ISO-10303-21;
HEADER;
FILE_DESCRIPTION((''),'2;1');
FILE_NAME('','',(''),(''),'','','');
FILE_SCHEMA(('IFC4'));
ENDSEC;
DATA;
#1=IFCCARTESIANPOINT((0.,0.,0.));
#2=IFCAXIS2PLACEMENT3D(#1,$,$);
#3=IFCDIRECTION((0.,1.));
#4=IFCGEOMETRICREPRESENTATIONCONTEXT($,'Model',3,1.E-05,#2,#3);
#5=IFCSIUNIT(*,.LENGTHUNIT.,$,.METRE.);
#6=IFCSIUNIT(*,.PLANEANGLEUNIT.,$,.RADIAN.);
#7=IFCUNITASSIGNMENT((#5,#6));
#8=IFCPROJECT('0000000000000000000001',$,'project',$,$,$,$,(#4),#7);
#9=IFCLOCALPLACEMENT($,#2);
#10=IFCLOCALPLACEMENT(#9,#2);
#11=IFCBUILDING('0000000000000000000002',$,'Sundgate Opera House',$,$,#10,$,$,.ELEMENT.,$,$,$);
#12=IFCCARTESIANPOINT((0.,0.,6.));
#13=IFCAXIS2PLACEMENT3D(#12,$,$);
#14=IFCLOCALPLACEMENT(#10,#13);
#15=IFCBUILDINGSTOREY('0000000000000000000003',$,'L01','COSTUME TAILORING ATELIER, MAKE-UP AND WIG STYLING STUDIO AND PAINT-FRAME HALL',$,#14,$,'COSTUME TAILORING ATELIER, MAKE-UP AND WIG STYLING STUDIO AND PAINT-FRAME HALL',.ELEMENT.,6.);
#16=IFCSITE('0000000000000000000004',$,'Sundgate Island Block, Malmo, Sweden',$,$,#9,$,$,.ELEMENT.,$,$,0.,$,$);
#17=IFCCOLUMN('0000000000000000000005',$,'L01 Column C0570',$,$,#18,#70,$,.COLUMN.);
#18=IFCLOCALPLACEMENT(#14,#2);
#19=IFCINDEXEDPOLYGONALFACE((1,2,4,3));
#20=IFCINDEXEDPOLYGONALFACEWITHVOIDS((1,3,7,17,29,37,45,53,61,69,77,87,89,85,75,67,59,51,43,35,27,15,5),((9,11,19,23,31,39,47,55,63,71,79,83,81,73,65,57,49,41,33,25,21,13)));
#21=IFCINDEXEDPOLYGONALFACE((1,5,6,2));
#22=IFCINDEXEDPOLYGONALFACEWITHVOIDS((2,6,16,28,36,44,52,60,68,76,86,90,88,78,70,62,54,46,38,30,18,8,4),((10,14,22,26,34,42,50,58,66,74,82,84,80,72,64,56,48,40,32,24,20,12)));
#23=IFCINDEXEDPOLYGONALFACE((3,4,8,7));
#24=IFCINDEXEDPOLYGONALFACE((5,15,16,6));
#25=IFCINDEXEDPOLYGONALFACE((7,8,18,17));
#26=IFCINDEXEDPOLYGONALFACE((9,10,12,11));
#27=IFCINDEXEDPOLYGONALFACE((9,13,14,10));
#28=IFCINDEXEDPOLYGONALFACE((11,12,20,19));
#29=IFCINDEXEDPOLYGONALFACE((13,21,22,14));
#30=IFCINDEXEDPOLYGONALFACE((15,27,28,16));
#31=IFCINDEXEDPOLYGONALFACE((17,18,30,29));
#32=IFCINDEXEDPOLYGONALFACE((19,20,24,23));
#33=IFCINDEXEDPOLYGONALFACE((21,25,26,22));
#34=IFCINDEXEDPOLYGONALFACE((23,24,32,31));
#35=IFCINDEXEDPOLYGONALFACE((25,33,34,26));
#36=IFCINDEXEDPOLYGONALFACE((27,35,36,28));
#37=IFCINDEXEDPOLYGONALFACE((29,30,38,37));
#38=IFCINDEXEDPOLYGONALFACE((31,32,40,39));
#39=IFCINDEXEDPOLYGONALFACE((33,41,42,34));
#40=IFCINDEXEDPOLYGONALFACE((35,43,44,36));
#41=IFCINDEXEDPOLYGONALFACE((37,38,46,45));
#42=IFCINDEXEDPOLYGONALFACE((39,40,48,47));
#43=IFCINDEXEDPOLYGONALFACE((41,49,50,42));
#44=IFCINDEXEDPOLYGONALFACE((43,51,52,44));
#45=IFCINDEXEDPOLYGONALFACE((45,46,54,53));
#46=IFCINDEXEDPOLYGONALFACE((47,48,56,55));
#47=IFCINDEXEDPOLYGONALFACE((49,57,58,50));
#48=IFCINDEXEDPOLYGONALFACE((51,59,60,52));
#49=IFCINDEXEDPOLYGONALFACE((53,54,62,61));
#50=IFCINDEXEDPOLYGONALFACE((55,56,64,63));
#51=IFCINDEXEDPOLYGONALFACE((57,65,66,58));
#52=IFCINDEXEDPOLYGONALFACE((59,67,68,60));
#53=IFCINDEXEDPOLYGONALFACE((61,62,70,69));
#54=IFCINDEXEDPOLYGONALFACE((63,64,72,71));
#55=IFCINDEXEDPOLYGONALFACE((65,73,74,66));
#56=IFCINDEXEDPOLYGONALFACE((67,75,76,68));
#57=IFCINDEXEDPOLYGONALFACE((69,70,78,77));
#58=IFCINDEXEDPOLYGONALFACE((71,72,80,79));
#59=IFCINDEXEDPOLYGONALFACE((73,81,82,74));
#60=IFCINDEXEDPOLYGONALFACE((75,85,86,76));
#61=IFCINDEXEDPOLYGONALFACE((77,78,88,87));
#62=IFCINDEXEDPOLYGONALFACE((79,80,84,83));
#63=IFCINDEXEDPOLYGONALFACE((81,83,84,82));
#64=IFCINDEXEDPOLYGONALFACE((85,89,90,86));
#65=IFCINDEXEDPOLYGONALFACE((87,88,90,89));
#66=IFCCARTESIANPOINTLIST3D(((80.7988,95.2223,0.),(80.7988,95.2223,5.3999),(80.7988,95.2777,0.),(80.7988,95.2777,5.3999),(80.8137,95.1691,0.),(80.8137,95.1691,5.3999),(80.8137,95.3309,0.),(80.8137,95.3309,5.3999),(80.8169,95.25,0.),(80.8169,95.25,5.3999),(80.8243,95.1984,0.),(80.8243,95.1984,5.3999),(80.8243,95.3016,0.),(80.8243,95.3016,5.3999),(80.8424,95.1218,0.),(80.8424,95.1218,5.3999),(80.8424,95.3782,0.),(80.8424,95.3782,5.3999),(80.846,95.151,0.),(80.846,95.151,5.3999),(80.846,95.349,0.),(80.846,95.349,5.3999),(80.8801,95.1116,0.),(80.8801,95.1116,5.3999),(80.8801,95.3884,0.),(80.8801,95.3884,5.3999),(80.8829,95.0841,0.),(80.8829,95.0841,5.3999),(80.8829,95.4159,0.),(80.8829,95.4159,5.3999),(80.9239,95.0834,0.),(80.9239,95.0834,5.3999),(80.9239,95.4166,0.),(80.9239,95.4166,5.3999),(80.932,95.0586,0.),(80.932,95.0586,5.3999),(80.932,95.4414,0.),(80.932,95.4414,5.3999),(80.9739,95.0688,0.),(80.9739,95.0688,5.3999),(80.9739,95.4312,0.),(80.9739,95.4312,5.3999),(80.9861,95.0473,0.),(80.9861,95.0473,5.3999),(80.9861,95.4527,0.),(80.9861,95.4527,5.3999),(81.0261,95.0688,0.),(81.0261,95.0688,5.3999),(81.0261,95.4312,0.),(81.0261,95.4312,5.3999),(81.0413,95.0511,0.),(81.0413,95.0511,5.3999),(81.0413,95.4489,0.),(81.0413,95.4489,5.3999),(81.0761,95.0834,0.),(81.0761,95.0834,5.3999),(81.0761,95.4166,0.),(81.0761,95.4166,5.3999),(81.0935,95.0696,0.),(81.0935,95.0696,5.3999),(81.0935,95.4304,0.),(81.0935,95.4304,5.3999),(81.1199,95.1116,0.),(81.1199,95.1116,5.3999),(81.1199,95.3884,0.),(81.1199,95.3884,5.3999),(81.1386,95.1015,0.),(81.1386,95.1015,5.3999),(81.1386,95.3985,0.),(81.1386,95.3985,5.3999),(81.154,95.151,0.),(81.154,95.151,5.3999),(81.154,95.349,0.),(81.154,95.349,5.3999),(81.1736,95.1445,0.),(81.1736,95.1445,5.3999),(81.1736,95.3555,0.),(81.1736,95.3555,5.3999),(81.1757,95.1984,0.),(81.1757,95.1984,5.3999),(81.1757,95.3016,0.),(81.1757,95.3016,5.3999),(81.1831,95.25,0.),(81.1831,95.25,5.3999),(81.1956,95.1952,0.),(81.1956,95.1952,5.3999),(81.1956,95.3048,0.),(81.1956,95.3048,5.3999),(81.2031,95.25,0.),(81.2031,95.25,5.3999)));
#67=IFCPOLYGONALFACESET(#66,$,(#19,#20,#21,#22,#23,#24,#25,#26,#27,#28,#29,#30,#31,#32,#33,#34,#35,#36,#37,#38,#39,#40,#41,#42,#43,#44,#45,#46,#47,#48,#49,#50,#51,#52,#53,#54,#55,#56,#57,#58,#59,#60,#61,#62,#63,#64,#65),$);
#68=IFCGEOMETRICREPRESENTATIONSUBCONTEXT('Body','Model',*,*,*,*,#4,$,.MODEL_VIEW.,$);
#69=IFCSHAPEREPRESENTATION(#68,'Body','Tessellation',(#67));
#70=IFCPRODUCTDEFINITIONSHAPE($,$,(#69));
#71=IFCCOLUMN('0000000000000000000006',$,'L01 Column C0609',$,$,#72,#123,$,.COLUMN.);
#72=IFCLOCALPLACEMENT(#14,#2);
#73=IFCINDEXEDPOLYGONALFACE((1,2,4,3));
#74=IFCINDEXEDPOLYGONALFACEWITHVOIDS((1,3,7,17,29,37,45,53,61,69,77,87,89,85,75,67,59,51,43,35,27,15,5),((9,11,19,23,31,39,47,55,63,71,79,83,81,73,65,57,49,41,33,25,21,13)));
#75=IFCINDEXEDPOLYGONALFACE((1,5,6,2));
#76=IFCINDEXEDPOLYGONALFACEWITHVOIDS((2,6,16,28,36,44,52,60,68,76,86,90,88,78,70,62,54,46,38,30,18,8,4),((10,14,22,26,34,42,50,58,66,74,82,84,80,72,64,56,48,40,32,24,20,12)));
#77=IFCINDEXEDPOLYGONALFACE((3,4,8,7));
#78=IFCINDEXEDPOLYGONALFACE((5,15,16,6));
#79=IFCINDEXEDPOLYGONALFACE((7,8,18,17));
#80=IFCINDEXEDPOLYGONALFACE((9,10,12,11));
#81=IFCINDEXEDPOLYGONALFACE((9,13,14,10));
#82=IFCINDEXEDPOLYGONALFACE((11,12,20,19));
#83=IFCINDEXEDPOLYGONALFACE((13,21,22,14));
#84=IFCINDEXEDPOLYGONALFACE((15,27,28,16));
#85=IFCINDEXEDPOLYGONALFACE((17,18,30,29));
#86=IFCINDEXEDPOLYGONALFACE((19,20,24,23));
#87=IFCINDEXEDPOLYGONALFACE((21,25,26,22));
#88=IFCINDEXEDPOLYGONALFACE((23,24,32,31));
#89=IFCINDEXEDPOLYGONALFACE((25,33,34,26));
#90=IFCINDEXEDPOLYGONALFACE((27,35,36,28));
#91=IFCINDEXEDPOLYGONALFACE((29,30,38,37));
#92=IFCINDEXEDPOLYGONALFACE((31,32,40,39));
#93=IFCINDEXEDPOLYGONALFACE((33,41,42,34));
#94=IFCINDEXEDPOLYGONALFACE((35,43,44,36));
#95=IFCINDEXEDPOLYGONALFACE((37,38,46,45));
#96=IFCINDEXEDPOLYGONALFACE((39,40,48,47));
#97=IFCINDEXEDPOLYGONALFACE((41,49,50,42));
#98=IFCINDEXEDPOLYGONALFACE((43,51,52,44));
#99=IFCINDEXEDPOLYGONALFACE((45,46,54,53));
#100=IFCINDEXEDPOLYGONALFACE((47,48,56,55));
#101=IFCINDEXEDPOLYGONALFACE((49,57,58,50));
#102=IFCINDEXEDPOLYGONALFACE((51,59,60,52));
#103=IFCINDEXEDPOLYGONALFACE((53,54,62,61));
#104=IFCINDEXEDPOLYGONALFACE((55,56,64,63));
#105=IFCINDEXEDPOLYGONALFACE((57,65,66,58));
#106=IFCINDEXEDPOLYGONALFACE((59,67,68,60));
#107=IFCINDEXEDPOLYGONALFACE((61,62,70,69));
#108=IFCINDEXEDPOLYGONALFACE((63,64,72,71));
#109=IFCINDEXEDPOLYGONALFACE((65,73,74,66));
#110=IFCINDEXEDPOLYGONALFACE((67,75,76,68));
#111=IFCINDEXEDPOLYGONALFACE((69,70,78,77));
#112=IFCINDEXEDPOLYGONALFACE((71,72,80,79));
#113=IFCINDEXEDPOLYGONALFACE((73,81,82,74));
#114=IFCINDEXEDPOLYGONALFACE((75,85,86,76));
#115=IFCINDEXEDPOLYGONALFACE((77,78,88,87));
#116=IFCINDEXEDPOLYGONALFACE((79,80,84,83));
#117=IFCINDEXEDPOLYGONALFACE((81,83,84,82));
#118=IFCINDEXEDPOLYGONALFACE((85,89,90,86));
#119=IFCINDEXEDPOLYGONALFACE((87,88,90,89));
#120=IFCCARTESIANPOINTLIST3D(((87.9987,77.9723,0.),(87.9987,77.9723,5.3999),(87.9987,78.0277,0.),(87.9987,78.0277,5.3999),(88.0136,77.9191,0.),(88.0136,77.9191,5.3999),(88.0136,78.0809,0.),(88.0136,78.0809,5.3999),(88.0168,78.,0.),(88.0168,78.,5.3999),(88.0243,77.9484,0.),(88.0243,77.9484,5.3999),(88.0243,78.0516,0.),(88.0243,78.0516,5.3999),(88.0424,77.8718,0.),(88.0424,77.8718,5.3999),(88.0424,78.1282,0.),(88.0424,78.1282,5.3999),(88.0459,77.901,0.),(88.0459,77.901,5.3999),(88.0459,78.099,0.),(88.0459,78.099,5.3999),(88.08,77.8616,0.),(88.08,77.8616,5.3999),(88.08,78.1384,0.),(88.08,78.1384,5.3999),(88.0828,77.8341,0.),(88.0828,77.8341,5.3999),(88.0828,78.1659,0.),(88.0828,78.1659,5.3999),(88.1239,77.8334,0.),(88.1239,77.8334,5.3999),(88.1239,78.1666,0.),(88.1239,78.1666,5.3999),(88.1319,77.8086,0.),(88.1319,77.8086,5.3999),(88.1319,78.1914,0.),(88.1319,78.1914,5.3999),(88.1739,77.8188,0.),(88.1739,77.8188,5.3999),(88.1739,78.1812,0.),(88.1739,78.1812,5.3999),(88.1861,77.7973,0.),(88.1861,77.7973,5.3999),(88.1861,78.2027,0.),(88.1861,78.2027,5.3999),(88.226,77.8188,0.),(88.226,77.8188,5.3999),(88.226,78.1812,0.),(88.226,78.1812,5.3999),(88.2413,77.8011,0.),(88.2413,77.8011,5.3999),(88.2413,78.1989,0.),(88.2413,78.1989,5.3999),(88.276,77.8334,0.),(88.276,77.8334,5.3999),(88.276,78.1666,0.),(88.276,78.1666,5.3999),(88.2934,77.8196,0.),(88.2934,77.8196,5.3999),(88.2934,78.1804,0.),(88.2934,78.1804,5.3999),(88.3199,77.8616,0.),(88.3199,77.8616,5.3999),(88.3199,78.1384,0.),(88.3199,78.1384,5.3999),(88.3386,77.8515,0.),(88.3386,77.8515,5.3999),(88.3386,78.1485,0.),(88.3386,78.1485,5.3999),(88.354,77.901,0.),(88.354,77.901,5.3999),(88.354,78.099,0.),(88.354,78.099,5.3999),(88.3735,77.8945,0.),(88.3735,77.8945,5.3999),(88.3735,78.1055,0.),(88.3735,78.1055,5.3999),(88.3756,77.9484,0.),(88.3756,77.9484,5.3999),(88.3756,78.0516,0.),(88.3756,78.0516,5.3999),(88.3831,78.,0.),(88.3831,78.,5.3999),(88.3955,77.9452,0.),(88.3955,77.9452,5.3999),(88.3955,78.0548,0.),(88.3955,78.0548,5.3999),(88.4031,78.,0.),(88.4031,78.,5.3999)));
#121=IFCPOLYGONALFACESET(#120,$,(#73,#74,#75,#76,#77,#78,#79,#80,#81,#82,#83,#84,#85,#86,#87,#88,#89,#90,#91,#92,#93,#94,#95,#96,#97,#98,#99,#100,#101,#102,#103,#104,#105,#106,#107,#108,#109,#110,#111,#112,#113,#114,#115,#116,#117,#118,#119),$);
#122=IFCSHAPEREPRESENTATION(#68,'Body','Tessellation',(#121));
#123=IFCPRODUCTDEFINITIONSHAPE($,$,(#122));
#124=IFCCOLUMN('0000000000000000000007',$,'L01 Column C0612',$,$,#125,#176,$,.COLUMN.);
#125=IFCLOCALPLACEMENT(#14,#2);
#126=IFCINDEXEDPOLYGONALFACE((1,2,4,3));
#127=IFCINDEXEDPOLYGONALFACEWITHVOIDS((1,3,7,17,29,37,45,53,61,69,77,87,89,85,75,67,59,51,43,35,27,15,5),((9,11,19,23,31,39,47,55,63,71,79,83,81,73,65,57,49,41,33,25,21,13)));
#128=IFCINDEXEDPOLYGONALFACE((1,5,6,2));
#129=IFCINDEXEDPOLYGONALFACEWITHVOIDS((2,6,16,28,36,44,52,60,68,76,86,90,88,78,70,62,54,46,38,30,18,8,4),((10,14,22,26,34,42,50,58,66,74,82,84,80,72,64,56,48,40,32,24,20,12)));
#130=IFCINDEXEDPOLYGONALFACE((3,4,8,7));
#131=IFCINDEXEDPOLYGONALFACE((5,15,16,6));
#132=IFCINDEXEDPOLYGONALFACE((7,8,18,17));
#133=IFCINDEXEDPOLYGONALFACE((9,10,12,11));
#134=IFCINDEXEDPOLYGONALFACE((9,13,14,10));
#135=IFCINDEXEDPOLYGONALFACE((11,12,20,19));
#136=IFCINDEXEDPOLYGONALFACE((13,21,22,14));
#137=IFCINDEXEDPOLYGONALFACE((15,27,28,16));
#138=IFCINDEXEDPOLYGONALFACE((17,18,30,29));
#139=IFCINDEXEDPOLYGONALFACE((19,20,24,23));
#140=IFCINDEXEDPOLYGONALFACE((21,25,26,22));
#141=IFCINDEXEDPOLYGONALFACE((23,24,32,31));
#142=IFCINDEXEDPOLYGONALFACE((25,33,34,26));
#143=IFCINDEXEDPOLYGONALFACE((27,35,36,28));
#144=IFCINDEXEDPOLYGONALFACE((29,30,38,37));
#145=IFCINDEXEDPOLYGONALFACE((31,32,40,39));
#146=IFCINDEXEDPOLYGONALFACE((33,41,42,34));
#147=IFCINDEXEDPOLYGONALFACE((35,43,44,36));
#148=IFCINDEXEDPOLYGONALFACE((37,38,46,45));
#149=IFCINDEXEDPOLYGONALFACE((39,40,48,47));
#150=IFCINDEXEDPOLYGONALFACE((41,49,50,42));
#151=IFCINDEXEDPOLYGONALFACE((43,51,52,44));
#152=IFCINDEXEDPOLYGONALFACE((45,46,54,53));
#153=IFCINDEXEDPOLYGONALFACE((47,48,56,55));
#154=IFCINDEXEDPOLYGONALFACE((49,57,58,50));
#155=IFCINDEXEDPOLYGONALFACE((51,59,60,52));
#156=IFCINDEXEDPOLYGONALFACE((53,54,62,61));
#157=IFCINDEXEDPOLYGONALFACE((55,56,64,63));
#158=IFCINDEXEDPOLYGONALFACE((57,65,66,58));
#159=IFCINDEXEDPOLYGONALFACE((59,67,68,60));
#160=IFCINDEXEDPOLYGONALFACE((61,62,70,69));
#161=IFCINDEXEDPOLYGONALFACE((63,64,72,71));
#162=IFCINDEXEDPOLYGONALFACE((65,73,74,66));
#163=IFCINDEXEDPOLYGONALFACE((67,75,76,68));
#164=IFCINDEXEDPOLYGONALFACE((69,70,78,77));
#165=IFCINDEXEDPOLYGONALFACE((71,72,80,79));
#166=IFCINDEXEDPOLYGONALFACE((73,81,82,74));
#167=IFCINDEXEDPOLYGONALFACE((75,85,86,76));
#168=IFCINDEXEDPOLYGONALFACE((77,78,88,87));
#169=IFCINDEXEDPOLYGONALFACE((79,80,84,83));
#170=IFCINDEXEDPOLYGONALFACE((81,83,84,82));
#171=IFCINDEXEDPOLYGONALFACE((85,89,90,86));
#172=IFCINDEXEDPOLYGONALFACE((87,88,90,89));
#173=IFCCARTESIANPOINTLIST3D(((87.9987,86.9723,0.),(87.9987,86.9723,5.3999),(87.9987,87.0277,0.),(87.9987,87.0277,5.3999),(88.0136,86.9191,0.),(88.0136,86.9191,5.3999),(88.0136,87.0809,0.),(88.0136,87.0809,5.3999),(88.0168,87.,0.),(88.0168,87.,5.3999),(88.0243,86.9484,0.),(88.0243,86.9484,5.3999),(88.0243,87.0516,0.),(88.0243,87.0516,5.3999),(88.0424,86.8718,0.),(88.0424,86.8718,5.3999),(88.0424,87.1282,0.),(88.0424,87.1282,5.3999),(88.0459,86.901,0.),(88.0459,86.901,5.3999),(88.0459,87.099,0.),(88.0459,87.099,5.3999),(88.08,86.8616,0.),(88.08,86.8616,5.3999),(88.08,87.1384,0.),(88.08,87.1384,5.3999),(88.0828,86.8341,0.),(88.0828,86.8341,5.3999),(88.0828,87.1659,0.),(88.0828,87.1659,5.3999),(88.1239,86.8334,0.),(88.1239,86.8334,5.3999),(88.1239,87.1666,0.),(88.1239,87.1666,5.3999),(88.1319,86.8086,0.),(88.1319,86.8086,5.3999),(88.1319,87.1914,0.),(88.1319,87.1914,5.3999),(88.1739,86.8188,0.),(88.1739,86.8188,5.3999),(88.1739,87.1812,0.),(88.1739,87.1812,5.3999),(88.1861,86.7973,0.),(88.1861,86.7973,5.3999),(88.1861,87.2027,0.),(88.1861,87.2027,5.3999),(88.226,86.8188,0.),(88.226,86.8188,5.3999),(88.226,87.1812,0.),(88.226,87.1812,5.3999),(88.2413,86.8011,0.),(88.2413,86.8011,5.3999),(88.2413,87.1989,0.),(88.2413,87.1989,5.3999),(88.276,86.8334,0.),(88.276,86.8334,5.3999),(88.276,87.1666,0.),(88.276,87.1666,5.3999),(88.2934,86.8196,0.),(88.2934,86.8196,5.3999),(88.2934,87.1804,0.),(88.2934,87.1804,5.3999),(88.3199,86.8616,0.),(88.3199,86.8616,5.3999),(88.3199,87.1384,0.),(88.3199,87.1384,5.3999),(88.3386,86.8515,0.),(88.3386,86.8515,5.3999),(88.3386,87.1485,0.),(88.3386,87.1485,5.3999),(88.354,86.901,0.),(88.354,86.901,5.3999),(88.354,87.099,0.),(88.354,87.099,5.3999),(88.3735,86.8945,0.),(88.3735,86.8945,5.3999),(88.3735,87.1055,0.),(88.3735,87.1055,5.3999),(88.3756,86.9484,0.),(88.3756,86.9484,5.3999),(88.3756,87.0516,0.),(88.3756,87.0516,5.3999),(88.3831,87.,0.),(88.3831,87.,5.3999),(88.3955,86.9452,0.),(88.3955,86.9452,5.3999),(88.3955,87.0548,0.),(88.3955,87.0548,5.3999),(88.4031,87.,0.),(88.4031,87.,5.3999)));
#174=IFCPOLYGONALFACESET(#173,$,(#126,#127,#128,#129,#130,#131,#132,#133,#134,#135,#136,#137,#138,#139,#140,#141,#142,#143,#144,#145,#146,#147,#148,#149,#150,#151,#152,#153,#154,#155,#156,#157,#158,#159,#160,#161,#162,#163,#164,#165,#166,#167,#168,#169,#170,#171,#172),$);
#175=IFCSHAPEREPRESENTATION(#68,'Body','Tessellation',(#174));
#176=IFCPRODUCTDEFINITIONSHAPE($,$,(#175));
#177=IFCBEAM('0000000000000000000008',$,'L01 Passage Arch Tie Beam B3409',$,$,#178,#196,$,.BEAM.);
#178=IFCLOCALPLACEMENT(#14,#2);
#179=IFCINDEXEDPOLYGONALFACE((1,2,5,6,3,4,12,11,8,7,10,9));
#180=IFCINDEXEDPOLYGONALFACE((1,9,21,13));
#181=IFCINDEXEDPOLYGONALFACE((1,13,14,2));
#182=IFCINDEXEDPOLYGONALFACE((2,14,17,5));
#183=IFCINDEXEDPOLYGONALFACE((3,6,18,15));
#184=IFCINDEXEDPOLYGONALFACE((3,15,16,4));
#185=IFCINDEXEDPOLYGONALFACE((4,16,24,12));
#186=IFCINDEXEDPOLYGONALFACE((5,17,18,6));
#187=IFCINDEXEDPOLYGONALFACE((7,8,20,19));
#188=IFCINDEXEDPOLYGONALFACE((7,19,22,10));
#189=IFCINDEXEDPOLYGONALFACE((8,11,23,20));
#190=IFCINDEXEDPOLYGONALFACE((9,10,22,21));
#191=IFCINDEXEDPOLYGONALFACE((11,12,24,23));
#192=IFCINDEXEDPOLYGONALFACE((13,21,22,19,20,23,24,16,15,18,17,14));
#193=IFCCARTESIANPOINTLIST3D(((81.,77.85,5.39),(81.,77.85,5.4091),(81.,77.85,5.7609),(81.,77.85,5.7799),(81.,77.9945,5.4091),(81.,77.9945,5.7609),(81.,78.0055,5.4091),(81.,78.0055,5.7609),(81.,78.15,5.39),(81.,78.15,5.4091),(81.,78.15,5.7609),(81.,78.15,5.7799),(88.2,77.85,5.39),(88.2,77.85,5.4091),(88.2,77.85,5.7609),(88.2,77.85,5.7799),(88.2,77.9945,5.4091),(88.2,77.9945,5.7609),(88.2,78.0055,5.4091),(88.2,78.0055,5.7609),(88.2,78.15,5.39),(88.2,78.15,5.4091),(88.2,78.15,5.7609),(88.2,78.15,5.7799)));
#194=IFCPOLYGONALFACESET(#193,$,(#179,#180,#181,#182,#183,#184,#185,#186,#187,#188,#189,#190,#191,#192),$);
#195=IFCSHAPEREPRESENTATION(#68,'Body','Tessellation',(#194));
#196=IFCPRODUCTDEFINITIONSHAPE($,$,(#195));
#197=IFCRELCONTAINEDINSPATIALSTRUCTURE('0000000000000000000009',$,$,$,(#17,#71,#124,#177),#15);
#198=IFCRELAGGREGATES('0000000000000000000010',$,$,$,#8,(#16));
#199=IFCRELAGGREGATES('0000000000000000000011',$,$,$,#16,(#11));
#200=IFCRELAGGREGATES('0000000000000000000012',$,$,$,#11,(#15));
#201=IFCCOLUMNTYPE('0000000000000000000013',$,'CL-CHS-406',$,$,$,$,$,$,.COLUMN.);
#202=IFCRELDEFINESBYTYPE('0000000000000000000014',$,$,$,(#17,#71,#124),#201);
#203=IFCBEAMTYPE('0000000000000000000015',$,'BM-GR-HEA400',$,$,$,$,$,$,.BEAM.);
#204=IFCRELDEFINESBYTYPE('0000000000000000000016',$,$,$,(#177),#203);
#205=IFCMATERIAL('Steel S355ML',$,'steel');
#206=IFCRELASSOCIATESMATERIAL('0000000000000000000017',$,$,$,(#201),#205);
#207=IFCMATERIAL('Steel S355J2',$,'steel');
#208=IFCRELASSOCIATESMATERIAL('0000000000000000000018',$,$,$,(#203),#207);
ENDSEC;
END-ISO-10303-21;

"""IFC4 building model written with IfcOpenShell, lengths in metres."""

from ifc_helpers import new_model, si_unit, direction, frame, origin, origin_2d, place, context, subcontext, project, spatial, hollow_circle, i_section, extrude, material, material_profile, profile_set, type_object, element, save


model = new_model("IFC4")

# Units and contexts
model_context = context("Model", 3, precision=1e-05, world=origin(), true_north=direction((0.0, 1.0)))
body_context = subcontext(model_context, "Body", "Model", "MODEL_VIEW")
ifc_project = project(units=[si_unit("LENGTHUNIT", "METRE"), si_unit("PLANEANGLEUNIT", "RADIAN")], contexts=[model_context])

# Site, building, storey
site_placement = place(None, origin())
site = spatial("IfcSite", under=ifc_project, at=site_placement, Name="Sundgate Island Block, Malmo, Sweden", CompositionType="ELEMENT", RefElevation=0.0)
building_placement = place(site_placement, origin())
building = spatial("IfcBuilding", under=site, at=building_placement, Name="Sundgate Opera House", CompositionType="ELEMENT")
storey_placement = place(building_placement, frame((0.0, 0.0, 6.0)))
storey = spatial("IfcBuildingStorey", under=building, at=storey_placement, Name="L01", Description="COSTUME TAILORING ATELIER, MAKE-UP AND WIG STYLING STUDIO AND PAINT-FRAME HALL", LongName="COSTUME TAILORING ATELIER, MAKE-UP AND WIG STYLING STUDIO AND PAINT-FRAME HALL", CompositionType="ELEMENT", Elevation=6.0)

# Columns
ifc_material_1 = material(Name="Steel S355ML", Category="steel")
ifc_material_profile_1 = material_profile(ifc_material_1, hollow_circle(Radius=0.2031, WallThickness=0.02, at=origin_2d()), Name="CHS 406.4x20.0")
ifc_profile_set_1 = profile_set([ifc_material_profile_1], Name="Steel S355ML")
column_type = type_object("IfcColumnType", Name="CL-CHS-406", PredefinedType="COLUMN", material=ifc_profile_set_1)
for number, where, z_axis, x_axis, name in (
    (1, (81.0, 95.25, 0.0), (0.0, 0.0, 1.0), (1.0, 0.0, 0.0), "L01 Column C0570"),
    (2, (88.2, 78.0, 0.0), (0.0, 0.0, 1.0), (1.0, 0.0, 0.0), "L01 Column C0609"),
    (3, (88.2, 87.0, 0.0), (0.0, 0.0, 1.0), (1.0, 0.0, 0.0), "L01 Column C0612"),
):
    element("IfcColumn", number, at=place(storey_placement, frame(where, z_axis=z_axis, x_axis=x_axis)), inside=storey, type_object=column_type, Name=name, PredefinedType="COLUMN", context=body_context, shape_type="SweptSolid", body=[
        extrude(hollow_circle(Radius=0.2031, WallThickness=0.02, at=origin_2d()), origin(), (0.0, 0.0, 1.0), 5.3999),
    ])

# Beam
ifc_material_2 = material(Name="Steel S355J2", Category="steel")
ifc_material_profile_2 = material_profile(ifc_material_2, i_section(OverallWidth=0.3, OverallDepth=0.3899, WebThickness=0.011, FlangeThickness=0.019, at=origin_2d()), Name="HEA 400")
ifc_profile_set_2 = profile_set([ifc_material_profile_2], Name="Steel S355J2")
beam_type_1 = type_object("IfcBeamType", Name="BM-GR-HEA400", PredefinedType="BEAM", material=ifc_profile_set_2)
for number, where, z_axis, x_axis, name in (
    (4, (81.0, 78.0, 5.585), (1.0, 0.0, 0.0), (0.0, 1.0, 0.0), "L01 Passage Arch Tie Beam B3409"),
):
    element("IfcBeam", number, at=place(storey_placement, frame(where, z_axis=z_axis, x_axis=x_axis)), inside=storey, type_object=beam_type_1, Name=name, PredefinedType="BEAM", context=body_context, shape_type="SweptSolid", body=[
        extrude(i_section(OverallWidth=0.3, OverallDepth=0.3899, WebThickness=0.011, FlangeThickness=0.019, at=origin_2d()), origin(), (0.0, 0.0, 1.0), 7.2),
    ])

save(model, "model.ifc")
